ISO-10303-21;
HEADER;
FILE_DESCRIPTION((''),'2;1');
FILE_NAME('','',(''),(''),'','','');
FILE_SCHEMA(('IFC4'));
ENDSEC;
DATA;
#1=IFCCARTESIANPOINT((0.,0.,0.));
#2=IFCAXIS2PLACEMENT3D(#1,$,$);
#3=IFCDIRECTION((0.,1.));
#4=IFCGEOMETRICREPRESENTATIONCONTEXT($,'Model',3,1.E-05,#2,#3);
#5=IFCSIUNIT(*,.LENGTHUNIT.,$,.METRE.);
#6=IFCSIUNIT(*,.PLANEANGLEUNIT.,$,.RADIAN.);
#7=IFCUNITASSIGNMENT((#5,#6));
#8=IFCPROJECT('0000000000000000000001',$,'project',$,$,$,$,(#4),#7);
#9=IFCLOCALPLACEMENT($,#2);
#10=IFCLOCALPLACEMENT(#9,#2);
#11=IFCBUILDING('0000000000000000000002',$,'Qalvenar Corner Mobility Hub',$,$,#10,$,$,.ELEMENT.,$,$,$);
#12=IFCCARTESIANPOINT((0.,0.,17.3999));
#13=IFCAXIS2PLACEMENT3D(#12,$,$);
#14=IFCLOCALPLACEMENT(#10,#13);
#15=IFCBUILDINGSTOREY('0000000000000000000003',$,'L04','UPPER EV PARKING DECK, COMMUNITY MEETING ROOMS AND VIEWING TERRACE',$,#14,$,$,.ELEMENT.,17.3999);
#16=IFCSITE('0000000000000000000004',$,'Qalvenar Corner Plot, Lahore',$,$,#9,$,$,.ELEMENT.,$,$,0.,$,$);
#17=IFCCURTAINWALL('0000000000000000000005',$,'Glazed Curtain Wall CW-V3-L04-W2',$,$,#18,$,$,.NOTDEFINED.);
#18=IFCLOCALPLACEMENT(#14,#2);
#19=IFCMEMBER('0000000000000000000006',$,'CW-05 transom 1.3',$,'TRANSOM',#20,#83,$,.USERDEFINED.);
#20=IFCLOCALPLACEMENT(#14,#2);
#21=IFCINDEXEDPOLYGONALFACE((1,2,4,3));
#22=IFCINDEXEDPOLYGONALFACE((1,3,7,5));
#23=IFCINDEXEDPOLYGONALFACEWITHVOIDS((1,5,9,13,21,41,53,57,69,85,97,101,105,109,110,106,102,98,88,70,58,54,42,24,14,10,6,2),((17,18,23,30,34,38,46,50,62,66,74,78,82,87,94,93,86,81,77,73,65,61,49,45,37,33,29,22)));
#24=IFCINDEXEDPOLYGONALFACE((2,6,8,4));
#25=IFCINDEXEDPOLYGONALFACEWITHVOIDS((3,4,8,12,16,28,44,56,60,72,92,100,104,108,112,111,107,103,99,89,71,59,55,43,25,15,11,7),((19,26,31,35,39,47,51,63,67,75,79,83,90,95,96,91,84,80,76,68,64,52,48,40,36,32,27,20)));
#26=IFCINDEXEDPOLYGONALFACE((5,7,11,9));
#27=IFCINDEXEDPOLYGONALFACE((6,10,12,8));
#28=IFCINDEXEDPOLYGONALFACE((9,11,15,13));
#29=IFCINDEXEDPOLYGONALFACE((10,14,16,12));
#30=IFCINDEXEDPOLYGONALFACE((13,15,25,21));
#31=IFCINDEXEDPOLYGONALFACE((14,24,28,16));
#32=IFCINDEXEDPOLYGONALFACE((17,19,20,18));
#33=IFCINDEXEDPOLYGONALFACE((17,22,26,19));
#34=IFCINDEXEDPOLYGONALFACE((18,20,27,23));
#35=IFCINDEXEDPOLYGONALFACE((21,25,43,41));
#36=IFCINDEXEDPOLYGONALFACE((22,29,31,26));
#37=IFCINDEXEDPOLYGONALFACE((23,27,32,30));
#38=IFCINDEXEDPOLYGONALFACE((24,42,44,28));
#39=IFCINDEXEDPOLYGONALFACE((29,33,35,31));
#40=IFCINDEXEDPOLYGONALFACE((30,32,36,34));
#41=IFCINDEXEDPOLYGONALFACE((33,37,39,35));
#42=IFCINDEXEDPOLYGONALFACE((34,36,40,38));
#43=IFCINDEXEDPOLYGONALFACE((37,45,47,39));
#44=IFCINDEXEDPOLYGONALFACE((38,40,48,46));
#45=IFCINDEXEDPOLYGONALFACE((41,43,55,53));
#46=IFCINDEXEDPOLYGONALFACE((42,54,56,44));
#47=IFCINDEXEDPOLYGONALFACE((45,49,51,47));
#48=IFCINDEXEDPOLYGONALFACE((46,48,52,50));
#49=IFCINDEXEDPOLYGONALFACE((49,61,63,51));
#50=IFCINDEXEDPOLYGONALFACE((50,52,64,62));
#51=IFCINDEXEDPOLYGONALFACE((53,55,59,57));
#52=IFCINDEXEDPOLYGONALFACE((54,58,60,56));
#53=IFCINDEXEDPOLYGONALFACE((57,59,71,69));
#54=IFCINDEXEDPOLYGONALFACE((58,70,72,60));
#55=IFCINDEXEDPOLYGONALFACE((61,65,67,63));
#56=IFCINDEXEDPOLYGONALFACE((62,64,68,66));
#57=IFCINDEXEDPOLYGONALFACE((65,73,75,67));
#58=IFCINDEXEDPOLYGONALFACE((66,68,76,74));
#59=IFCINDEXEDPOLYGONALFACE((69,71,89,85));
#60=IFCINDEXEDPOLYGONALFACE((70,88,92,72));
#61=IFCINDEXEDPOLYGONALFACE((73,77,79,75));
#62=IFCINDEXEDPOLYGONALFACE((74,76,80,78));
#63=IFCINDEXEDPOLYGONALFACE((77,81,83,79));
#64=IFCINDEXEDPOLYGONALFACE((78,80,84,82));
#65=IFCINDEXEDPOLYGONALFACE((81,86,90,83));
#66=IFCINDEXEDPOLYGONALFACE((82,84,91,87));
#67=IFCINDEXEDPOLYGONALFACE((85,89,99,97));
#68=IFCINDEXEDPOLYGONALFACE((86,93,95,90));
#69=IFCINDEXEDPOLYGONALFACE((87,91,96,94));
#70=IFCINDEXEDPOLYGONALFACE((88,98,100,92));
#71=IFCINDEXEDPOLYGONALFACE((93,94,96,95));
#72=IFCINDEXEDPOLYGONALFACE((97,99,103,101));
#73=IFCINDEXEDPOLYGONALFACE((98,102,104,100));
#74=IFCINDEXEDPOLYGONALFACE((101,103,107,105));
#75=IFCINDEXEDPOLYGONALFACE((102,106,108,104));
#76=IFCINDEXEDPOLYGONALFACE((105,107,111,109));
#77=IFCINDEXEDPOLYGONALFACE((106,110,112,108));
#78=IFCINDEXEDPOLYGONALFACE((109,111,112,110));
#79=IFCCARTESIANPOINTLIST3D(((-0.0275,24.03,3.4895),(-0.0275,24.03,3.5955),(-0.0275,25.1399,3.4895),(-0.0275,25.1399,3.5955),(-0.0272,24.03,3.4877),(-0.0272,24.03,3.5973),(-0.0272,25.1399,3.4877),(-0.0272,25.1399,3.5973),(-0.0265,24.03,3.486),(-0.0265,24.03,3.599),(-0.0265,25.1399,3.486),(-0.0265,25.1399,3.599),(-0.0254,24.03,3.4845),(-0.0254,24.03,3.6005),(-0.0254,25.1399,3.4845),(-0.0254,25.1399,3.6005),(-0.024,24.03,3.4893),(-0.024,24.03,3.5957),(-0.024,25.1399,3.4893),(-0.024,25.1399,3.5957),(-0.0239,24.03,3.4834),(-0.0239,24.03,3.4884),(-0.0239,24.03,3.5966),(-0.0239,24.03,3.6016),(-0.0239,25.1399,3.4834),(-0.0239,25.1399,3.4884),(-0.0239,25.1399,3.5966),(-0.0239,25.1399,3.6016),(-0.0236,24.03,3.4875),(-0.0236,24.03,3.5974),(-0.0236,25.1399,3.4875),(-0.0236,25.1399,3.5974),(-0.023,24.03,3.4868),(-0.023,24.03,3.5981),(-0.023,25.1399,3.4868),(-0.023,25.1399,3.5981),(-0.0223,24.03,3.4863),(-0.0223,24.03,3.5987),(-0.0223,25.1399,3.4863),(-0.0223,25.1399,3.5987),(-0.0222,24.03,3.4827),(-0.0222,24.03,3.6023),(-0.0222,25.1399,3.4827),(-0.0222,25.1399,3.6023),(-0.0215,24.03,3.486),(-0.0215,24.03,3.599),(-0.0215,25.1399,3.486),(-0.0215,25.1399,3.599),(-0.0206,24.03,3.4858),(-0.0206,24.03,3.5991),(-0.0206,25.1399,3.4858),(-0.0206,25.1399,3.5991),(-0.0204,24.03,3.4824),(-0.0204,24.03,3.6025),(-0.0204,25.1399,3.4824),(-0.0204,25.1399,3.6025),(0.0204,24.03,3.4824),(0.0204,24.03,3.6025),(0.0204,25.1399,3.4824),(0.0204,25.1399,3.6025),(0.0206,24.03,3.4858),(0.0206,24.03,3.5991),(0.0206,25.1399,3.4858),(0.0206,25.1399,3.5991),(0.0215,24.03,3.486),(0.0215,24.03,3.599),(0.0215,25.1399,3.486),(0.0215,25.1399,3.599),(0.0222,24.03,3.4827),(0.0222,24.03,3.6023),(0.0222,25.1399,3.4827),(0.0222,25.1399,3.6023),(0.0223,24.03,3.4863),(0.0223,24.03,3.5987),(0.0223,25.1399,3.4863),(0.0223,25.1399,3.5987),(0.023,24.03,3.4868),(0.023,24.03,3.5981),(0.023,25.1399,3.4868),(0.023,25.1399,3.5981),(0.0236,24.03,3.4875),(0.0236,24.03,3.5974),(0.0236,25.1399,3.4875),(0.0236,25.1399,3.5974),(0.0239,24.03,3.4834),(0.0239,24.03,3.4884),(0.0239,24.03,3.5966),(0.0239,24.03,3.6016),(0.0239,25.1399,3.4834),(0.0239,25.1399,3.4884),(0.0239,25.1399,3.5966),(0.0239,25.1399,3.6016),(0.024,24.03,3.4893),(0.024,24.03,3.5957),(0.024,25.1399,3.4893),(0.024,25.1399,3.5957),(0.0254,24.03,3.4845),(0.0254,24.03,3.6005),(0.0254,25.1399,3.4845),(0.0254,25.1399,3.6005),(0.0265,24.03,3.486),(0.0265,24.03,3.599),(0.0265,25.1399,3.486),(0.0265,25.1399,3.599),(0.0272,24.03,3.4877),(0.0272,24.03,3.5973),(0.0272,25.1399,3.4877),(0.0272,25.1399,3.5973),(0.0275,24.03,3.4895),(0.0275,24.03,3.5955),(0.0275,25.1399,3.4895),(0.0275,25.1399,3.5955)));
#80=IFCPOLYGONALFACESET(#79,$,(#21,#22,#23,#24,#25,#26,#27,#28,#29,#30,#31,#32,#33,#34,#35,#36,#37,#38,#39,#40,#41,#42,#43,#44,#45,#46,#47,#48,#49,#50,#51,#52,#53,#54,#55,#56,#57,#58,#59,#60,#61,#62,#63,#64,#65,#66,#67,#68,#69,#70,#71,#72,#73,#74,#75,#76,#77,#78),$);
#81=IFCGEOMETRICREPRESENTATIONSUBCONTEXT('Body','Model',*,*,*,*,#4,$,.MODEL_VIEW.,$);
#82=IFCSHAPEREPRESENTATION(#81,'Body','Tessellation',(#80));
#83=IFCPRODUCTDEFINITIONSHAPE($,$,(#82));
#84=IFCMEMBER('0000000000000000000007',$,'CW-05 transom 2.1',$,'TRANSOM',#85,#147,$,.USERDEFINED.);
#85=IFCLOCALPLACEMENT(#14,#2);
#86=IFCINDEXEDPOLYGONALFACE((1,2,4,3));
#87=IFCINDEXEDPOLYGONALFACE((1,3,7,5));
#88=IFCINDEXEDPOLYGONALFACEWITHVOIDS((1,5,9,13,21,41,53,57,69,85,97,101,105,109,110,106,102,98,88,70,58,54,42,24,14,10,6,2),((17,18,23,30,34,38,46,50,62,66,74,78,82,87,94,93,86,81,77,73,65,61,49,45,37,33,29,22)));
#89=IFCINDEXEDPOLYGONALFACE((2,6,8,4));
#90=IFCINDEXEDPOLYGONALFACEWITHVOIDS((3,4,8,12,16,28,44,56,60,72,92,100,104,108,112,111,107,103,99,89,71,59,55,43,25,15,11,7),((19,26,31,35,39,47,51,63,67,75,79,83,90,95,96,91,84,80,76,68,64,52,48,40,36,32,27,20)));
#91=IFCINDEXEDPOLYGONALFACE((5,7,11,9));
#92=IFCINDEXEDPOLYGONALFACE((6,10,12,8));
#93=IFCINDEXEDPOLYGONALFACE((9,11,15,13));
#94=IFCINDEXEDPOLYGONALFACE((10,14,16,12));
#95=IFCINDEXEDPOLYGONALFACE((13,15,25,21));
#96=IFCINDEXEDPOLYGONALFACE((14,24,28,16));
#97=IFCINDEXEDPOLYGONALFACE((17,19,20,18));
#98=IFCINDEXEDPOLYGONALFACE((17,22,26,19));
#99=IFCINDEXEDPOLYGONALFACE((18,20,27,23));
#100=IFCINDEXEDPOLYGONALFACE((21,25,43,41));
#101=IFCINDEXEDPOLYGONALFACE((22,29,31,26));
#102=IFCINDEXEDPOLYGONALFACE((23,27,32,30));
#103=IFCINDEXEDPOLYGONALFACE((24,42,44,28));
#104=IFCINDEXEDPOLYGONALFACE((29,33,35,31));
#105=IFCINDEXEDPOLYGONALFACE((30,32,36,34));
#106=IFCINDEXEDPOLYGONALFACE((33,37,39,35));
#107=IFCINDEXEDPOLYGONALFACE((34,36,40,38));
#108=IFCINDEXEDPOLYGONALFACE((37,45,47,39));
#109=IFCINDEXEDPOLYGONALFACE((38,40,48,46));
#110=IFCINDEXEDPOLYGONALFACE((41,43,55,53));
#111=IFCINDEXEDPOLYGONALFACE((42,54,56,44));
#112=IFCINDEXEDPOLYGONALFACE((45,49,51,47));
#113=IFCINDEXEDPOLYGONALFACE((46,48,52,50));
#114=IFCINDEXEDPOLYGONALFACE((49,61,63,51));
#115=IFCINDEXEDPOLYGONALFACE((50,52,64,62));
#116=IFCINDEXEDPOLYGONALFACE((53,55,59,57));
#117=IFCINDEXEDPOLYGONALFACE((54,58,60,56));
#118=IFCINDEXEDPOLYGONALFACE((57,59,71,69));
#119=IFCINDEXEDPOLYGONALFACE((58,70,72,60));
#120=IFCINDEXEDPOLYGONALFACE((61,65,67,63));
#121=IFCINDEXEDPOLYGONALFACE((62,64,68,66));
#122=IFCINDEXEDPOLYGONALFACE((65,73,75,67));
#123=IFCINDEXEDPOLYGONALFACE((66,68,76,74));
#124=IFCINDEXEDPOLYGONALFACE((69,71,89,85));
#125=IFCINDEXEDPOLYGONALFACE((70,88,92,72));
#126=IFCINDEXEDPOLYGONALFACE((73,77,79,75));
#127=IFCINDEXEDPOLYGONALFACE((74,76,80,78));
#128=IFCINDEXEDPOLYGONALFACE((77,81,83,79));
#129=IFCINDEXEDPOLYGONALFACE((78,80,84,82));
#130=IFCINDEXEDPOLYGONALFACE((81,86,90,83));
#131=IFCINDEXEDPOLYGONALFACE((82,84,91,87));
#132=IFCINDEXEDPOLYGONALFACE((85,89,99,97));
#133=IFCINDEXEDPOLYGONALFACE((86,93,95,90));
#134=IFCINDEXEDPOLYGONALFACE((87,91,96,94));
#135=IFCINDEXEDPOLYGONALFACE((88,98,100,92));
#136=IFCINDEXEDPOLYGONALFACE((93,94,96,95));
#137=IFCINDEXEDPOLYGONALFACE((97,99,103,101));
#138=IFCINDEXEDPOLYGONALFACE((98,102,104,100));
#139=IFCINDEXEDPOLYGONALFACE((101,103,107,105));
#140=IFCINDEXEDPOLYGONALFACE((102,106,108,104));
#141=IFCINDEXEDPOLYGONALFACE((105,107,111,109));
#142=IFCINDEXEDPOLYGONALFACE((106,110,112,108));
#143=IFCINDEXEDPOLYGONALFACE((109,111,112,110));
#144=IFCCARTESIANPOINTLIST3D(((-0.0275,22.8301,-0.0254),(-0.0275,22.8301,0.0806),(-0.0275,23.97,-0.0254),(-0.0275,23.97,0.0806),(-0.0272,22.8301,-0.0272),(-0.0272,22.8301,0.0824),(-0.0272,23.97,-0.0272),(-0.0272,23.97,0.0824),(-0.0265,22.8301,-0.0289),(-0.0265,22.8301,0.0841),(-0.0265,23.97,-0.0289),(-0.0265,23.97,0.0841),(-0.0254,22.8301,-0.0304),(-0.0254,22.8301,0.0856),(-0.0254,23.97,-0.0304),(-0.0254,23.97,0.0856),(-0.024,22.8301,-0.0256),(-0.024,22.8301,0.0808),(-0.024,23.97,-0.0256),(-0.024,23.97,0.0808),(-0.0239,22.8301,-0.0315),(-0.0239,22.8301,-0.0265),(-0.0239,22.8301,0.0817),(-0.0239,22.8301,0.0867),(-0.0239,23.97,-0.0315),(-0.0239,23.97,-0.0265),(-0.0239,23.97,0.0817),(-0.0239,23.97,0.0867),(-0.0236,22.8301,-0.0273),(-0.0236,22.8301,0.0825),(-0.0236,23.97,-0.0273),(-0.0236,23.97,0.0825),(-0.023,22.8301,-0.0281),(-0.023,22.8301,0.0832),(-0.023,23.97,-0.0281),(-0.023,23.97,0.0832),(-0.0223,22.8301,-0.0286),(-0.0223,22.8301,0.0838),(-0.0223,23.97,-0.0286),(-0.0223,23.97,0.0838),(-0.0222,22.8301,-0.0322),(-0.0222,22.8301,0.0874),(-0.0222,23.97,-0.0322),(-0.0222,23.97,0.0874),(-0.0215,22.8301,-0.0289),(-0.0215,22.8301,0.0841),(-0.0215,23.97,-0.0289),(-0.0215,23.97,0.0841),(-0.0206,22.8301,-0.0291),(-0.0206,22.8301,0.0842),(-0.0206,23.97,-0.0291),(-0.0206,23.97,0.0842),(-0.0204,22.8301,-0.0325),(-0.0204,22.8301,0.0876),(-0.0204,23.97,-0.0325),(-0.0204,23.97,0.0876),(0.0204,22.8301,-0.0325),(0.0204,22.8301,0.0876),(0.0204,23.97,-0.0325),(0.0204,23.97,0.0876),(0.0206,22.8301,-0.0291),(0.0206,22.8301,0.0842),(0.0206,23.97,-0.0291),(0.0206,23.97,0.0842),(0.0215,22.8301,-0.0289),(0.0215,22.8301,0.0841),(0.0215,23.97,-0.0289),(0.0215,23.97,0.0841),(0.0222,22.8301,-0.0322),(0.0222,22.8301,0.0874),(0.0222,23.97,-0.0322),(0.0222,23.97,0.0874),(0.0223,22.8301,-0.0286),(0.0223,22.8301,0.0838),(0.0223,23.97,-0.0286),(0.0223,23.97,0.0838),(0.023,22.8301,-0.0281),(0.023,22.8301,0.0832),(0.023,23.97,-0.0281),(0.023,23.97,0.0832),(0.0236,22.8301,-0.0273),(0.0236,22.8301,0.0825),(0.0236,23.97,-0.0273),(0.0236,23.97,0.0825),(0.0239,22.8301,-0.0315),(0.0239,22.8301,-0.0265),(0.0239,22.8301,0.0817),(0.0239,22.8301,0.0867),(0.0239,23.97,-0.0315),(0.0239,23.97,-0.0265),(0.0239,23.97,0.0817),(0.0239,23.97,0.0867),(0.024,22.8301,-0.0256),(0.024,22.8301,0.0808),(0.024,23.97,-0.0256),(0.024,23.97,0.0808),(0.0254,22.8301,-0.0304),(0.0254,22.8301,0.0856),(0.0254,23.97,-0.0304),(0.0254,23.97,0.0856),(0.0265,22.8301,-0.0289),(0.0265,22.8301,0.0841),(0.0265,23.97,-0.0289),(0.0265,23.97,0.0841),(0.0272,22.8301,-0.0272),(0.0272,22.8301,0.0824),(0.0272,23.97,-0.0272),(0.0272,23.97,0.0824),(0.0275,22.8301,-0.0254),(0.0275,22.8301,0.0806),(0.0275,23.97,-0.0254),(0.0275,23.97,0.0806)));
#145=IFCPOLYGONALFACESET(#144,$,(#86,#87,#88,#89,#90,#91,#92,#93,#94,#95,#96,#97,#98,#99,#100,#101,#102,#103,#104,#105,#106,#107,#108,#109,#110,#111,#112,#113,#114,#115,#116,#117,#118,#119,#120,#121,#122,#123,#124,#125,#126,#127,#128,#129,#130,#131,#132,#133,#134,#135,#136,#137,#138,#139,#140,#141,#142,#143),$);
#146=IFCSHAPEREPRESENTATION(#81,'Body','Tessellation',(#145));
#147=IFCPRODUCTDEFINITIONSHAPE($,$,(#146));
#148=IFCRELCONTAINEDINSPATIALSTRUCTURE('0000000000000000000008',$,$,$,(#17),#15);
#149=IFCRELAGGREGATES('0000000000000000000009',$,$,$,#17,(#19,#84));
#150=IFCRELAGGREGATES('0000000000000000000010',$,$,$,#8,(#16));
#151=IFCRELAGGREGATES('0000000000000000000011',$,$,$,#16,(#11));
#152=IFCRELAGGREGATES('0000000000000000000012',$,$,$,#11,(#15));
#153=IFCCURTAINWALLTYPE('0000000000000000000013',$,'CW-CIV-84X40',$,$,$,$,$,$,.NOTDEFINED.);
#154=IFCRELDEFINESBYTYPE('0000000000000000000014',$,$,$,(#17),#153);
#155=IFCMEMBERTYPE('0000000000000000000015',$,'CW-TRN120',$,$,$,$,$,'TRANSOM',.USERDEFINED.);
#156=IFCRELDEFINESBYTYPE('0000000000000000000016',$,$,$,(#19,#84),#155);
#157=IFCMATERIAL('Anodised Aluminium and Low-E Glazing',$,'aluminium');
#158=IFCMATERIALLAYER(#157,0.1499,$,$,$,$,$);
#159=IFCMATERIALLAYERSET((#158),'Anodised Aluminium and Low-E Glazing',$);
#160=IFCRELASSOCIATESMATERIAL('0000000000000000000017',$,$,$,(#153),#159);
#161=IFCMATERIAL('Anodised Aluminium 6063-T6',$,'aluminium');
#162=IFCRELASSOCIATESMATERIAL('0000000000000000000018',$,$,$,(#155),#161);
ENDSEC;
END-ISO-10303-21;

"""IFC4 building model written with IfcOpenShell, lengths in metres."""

from ifc_helpers import new_model, si_unit, direction, frame, origin, origin_2d, place, context, subcontext, project, spatial, hollow_rectangle, extrude, material, layer, layer_set, material_profile, profile_set, type_object, element, aggregate, save


model = new_model("IFC4")

# Units and contexts
model_context = context("Model", 3, precision=1e-05, world=origin(), true_north=direction((0.0, 1.0)))
body_context = subcontext(model_context, "Body", "Model", "MODEL_VIEW")
ifc_project = project(units=[si_unit("LENGTHUNIT", "METRE"), si_unit("PLANEANGLEUNIT", "RADIAN")], contexts=[model_context])

# Site, building, storey
site_placement = place(None, origin())
site = spatial("IfcSite", under=ifc_project, at=site_placement, Name="Qalvenar Corner Plot, Lahore", CompositionType="ELEMENT", RefElevation=0.0)
building_placement = place(site_placement, origin())
building = spatial("IfcBuilding", under=site, at=building_placement, Name="Qalvenar Corner Mobility Hub", CompositionType="ELEMENT")
storey_placement = place(building_placement, frame((0.0, 0.0, 17.3999)))
storey = spatial("IfcBuildingStorey", under=building, at=storey_placement, Name="L04", Description="UPPER EV PARKING DECK, COMMUNITY MEETING ROOMS AND VIEWING TERRACE", CompositionType="ELEMENT", Elevation=17.3999)

# Curtain wall, members
ifc_material_1 = material(Name="Anodised Aluminium and Low-E Glazing", Category="aluminium")
ifc_layer_1 = layer(ifc_material_1, 0.1499)
ifc_layer_set_1 = layer_set([ifc_layer_1], Name="Anodised Aluminium and Low-E Glazing")
curtain_wall_type = type_object("IfcCurtainWallType", Name="CW-CIV-84X40", PredefinedType="NOTDEFINED", material=ifc_layer_set_1)
curtain_wall_placement = place(storey_placement, origin())
curtain_wall = element("IfcCurtainWall", 1, at=curtain_wall_placement, inside=storey, type_object=curtain_wall_type, Name="Glazed Curtain Wall CW-V3-L04-W2", PredefinedType="NOTDEFINED")
ifc_material_2 = material(Name="Anodised Aluminium 6063-T6", Category="aluminium")
ifc_material_profile_1 = material_profile(ifc_material_2, hollow_rectangle(XDim=0.0549, YDim=0.1201, WallThickness=0.0034, InnerFilletRadius=0.0034, OuterFilletRadius=0.0071, at=origin_2d()), Name="RHS120x55x3.5")
ifc_profile_set_1 = profile_set([ifc_material_profile_1], Name="Anodised Aluminium 6063-T6")
member_type_1 = type_object("IfcMemberType", Name="CW-TRN120", ElementType="TRANSOM", PredefinedType="USERDEFINED", material=ifc_profile_set_1)
member_1_placement = place(storey_placement, frame((0.0, 25.1399, 3.5425), z_axis=(0.0, -1.0, 0.0), x_axis=(1.0, 0.0, 0.0)))
member_1 = element("IfcMember", 2, at=member_1_placement, type_object=member_type_1, Name="CW-05 transom 1.3", ObjectType="TRANSOM", PredefinedType="USERDEFINED", context=body_context, shape_type="SweptSolid", body=[
    extrude(hollow_rectangle(XDim=0.0549, YDim=0.1201, WallThickness=0.0034, InnerFilletRadius=0.0034, OuterFilletRadius=0.0071, at=origin_2d()), origin(), (0.0, 0.0, 1.0), 1.1099),
])
member_2_placement = place(storey_placement, frame((0.0, 23.97, 0.0276), z_axis=(0.0, -1.0, 0.0), x_axis=(1.0, 0.0, 0.0)))
member_2 = element("IfcMember", 3, at=member_2_placement, type_object=member_type_1, Name="CW-05 transom 2.1", ObjectType="TRANSOM", PredefinedType="USERDEFINED", context=body_context, shape_type="SweptSolid", body=[
    extrude(hollow_rectangle(XDim=0.0549, YDim=0.1201, WallThickness=0.0034, InnerFilletRadius=0.0034, OuterFilletRadius=0.0071, at=origin_2d()), origin(), (0.0, 0.0, 1.0), 1.1399),
])
aggregate(curtain_wall, [member_1, member_2])

save(model, "model.ifc")
